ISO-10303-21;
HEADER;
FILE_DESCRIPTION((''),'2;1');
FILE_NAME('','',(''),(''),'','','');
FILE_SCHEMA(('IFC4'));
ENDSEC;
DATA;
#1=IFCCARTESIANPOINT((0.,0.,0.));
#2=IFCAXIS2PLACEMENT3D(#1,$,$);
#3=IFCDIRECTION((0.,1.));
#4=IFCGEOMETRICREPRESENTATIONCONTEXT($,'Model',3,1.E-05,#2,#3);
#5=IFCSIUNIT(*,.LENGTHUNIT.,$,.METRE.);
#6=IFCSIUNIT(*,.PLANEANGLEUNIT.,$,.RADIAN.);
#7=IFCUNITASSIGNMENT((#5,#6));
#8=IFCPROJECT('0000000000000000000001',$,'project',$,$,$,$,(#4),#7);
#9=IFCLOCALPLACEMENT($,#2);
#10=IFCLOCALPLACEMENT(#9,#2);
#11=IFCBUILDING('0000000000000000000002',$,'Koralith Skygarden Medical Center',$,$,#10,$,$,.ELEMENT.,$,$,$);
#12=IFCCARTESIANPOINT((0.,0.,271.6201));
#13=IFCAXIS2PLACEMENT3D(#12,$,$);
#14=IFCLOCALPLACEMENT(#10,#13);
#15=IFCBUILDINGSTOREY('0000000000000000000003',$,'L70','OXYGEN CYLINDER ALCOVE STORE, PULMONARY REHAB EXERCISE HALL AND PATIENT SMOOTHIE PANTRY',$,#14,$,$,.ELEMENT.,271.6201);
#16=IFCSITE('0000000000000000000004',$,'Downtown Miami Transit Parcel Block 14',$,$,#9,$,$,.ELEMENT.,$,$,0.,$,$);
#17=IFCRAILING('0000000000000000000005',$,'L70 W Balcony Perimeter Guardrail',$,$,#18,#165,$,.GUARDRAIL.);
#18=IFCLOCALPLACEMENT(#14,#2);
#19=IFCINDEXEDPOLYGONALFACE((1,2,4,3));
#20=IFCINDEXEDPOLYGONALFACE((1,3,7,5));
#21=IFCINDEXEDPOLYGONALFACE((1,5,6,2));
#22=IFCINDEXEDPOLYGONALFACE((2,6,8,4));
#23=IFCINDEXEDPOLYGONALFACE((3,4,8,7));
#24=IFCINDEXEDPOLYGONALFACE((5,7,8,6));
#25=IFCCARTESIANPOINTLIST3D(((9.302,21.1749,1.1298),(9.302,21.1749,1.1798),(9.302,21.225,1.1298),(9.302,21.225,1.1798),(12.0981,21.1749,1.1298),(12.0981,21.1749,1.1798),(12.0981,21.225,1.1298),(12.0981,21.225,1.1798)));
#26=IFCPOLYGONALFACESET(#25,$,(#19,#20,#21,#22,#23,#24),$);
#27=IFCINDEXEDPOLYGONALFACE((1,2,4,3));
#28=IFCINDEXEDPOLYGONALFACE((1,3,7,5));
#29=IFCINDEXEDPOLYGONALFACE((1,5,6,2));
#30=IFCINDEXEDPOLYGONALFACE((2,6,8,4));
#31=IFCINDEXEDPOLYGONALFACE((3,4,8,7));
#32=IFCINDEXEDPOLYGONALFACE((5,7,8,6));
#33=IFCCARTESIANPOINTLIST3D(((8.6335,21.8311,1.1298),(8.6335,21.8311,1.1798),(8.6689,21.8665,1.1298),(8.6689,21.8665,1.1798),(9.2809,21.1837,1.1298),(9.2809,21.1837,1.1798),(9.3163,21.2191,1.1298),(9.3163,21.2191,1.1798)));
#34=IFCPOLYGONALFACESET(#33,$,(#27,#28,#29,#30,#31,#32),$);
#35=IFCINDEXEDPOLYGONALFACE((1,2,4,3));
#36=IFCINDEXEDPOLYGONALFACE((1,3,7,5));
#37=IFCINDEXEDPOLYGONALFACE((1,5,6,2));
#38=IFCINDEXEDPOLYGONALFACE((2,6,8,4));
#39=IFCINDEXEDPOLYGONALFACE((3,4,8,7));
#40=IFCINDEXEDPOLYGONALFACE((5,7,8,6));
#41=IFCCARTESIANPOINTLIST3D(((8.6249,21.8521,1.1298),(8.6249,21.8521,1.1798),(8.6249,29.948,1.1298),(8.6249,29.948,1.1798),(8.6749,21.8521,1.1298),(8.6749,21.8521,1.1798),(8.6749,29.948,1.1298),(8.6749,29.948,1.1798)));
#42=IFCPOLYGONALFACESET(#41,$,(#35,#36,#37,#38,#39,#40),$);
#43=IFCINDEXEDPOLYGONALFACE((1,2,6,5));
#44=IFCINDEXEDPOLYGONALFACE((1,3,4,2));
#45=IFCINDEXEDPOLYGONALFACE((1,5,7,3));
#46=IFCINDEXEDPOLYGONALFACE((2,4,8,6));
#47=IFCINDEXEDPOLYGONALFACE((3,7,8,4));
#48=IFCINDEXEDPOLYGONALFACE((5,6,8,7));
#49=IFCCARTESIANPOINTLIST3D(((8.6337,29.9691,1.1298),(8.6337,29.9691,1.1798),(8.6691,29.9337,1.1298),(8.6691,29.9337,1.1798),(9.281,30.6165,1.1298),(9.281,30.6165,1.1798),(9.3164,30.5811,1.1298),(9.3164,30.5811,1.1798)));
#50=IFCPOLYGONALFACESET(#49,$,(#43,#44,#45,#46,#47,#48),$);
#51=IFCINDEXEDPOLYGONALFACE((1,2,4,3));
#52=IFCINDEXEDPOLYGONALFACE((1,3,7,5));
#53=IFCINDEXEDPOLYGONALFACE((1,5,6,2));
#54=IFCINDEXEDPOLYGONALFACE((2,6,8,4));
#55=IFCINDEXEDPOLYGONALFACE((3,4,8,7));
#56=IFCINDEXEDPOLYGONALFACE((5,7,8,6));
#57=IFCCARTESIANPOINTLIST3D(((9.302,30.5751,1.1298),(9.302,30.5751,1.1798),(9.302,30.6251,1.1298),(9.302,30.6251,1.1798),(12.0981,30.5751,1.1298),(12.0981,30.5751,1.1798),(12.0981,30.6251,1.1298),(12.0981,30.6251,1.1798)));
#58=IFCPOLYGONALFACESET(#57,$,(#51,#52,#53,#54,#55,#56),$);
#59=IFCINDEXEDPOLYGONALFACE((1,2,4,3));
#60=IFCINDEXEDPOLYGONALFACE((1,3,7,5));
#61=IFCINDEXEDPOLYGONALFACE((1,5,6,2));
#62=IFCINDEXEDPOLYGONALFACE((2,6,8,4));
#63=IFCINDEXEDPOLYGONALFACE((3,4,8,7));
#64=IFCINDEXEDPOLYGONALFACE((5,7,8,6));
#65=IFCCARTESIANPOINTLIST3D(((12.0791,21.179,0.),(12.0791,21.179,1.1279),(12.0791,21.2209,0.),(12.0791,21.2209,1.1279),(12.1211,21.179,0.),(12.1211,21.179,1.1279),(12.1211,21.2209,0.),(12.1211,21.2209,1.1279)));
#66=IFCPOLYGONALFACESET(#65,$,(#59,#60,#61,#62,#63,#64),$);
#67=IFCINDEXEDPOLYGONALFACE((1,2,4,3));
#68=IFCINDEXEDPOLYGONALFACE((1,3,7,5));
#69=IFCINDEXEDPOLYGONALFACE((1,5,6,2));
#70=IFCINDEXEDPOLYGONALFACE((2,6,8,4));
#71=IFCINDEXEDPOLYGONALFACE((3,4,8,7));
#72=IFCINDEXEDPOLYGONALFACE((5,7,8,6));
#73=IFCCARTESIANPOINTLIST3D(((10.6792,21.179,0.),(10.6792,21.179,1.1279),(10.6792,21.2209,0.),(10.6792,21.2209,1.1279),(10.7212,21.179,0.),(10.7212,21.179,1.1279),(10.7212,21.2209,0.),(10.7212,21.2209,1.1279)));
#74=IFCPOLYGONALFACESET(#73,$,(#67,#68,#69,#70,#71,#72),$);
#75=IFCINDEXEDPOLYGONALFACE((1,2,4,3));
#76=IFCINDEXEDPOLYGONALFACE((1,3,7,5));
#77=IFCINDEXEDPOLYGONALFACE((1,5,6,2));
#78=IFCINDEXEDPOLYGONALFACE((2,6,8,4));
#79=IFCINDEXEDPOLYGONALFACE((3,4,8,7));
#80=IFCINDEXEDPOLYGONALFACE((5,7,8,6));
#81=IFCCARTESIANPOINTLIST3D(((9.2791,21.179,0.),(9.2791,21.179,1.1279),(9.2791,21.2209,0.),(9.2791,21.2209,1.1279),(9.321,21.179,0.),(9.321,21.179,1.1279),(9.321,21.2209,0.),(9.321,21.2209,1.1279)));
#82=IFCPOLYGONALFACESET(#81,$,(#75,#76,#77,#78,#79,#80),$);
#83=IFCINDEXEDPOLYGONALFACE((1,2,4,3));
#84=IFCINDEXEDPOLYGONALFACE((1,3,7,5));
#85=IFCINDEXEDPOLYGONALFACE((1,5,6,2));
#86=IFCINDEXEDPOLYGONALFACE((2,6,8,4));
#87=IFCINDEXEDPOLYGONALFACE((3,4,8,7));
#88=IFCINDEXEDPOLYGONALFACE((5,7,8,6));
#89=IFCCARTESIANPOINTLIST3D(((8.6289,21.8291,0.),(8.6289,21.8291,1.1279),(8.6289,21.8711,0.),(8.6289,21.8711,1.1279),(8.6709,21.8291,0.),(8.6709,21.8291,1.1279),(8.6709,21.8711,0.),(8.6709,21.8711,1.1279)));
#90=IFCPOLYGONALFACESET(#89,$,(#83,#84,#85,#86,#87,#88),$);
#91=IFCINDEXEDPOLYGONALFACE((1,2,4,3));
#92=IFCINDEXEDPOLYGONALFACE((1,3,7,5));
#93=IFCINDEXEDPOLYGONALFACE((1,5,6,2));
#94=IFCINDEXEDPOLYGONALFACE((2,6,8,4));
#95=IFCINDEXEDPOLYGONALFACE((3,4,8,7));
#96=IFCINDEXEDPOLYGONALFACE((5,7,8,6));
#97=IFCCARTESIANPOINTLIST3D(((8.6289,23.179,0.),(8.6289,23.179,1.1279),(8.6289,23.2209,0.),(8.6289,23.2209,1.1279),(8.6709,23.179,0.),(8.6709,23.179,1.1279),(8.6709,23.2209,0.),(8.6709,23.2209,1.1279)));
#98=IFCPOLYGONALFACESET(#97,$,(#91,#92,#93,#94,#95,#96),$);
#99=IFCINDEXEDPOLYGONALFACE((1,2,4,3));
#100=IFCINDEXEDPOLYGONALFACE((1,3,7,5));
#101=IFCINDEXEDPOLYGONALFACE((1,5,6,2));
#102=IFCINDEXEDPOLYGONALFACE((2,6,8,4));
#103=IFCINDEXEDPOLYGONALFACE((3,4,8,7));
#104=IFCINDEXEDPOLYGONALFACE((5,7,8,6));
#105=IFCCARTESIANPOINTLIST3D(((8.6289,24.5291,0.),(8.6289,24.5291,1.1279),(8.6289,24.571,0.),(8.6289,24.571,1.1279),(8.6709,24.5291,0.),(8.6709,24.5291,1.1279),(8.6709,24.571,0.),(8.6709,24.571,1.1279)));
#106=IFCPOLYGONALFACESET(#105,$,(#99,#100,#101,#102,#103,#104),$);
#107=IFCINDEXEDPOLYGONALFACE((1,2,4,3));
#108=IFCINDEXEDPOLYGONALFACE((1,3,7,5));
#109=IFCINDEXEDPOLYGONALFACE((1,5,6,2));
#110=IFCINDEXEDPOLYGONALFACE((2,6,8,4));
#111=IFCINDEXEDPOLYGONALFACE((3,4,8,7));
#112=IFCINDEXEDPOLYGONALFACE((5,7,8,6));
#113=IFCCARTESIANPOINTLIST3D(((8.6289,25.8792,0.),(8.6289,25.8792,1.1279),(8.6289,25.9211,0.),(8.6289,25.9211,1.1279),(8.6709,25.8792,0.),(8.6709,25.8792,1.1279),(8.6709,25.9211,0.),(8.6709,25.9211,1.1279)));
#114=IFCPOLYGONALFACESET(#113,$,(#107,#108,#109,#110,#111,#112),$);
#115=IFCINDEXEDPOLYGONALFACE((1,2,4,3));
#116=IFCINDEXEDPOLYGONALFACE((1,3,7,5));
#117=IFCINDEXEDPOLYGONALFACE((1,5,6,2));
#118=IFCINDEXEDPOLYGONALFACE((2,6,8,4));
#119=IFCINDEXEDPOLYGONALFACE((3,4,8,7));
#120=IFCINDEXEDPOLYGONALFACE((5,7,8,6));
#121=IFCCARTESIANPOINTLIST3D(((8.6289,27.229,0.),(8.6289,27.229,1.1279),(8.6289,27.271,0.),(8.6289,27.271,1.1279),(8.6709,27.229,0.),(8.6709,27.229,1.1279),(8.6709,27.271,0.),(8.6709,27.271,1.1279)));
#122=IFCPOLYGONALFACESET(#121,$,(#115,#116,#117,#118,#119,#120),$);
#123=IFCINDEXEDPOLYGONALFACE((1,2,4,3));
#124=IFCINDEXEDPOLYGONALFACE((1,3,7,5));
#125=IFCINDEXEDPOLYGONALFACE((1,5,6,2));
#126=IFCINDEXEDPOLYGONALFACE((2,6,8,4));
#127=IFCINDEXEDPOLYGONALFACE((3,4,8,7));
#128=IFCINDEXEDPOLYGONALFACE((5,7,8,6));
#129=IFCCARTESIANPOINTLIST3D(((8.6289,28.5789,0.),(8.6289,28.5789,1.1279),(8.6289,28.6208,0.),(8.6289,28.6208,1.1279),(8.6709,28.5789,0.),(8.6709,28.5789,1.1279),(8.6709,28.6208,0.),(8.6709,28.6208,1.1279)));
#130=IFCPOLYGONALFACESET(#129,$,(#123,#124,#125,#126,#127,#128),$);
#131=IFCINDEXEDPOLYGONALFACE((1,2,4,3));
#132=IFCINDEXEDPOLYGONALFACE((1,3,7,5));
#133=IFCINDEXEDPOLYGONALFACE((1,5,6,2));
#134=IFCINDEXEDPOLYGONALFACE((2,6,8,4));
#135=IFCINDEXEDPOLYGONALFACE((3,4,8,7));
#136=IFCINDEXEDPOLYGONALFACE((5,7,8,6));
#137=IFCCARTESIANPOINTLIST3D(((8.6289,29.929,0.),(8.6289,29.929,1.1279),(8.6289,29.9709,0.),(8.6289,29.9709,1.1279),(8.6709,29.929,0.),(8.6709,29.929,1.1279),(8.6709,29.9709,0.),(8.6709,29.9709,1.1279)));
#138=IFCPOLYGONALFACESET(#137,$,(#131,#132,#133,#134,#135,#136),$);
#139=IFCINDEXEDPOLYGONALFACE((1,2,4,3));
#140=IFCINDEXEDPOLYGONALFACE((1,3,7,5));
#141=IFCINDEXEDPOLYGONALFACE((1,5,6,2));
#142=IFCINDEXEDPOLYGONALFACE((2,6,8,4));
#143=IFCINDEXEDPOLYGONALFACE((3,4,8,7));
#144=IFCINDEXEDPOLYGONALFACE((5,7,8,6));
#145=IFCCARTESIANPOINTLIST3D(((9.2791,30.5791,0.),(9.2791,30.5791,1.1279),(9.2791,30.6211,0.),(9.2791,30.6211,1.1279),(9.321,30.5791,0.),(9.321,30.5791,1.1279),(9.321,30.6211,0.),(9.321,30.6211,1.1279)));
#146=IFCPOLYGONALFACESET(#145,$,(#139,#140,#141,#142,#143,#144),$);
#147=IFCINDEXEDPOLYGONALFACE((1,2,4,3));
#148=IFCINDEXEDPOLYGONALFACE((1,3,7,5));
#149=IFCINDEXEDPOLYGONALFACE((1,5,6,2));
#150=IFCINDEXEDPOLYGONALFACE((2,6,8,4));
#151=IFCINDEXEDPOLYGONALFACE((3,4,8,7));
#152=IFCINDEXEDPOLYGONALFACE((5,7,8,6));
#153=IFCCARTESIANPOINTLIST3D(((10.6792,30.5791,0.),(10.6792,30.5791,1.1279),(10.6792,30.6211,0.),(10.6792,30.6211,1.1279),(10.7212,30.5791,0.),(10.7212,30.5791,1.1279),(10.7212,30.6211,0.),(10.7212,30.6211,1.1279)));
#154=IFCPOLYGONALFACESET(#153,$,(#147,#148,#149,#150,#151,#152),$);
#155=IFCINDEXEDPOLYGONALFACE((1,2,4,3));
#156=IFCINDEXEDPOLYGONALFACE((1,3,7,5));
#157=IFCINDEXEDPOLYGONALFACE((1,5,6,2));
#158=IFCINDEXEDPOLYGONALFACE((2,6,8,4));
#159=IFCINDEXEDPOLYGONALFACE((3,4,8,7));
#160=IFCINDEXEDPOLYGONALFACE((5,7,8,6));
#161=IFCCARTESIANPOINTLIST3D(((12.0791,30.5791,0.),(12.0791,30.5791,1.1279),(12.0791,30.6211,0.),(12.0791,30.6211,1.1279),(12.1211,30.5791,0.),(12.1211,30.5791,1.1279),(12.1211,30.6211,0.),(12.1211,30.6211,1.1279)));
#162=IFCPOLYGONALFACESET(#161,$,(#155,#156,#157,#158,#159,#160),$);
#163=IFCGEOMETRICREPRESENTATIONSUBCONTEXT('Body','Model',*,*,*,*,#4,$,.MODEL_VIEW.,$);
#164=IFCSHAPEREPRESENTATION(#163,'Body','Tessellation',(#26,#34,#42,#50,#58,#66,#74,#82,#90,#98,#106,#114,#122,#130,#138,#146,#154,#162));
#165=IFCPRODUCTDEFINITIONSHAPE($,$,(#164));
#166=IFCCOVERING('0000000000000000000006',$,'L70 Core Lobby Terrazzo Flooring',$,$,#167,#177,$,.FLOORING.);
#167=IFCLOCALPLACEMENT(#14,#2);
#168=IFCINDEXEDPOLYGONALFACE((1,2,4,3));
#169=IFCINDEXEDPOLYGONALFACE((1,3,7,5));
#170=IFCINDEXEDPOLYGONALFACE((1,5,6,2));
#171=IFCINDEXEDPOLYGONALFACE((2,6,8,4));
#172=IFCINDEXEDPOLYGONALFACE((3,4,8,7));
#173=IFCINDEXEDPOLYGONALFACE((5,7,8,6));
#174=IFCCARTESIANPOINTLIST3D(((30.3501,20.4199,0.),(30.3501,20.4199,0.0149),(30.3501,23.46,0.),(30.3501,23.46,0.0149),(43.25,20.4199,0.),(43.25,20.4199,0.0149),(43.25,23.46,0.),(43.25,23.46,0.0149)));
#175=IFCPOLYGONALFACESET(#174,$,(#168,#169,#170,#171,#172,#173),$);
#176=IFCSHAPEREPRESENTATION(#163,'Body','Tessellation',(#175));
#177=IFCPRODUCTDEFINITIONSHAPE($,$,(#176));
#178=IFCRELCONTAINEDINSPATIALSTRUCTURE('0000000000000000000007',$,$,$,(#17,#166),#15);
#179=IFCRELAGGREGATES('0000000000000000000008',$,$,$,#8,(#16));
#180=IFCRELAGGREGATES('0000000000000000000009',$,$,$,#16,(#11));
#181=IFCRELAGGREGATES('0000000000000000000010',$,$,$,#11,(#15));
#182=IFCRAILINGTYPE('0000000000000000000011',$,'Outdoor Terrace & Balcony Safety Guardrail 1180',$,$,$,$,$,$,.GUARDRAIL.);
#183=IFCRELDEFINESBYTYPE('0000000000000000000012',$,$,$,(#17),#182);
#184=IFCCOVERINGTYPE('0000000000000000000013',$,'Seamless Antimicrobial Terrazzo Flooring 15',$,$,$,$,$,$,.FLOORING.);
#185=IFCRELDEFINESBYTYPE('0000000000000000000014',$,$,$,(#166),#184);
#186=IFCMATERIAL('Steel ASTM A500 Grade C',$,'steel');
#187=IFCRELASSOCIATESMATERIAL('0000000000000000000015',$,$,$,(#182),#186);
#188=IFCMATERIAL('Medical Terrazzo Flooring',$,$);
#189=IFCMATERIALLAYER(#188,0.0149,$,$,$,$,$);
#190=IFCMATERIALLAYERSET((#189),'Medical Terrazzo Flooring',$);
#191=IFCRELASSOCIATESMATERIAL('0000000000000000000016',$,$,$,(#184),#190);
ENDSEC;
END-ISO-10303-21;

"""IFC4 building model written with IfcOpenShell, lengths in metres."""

from ifc_helpers import new_model, si_unit, direction, frame, origin, origin_2d, place, context, subcontext, project, spatial, polyline, rectangle, outline, extrude, material, layer, layer_set, type_object, element, save


model = new_model("IFC4")

# Units and contexts
model_context = context("Model", 3, precision=1e-05, world=origin(), true_north=direction((0.0, 1.0)))
body_context = subcontext(model_context, "Body", "Model", "MODEL_VIEW")
ifc_project = project(units=[si_unit("LENGTHUNIT", "METRE"), si_unit("PLANEANGLEUNIT", "RADIAN")], contexts=[model_context])

# Site, building, storey
site_placement = place(None, origin())
site = spatial("IfcSite", under=ifc_project, at=site_placement, Name="Downtown Miami Transit Parcel Block 14", CompositionType="ELEMENT", RefElevation=0.0)
building_placement = place(site_placement, origin())
building = spatial("IfcBuilding", under=site, at=building_placement, Name="Koralith Skygarden Medical Center", CompositionType="ELEMENT")
storey_placement = place(building_placement, frame((0.0, 0.0, 271.6201)))
storey = spatial("IfcBuildingStorey", under=building, at=storey_placement, Name="L70", Description="OXYGEN CYLINDER ALCOVE STORE, PULMONARY REHAB EXERCISE HALL AND PATIENT SMOOTHIE PANTRY", CompositionType="ELEMENT", Elevation=271.6201)

# Railing
ifc_material_1 = material(Name="Steel ASTM A500 Grade C", Category="steel")
railing_type = type_object("IfcRailingType", Name="Outdoor Terrace & Balcony Safety Guardrail 1180", PredefinedType="GUARDRAIL", material=ifc_material_1)
railing_placement = place(storey_placement, frame((12.1001, 21.2, 0.0)))
element("IfcRailing", 1, at=railing_placement, inside=storey, type_object=railing_type, Name="L70 W Balcony Perimeter Guardrail", PredefinedType="GUARDRAIL", context=body_context, shape_type="SweptSolid", body=[
    extrude(rectangle(XDim=0.05, YDim=0.05, at=origin_2d()), frame((-0.002, 0.0, 1.1548), z_axis=(-1.0, 0.0, 0.0), x_axis=(0.0, -1.0, 0.0)), (0.0, 0.0, 1.0), 2.7961),
    extrude(rectangle(XDim=0.05, YDim=0.05, at=origin_2d()), frame((-2.8015, 0.0015, 1.1548), z_axis=(-0.707107, 0.707107, 0.0), x_axis=(-0.707107, -0.707107, 0.0)), (0.0, 0.0, 1.0), 0.9155),
    extrude(rectangle(XDim=0.05, YDim=0.05, at=origin_2d()), frame((-3.4502, 0.6521, 1.1548), z_axis=(0.0, 1.0, 0.0), x_axis=(-1.0, 0.0, 0.0)), (0.0, 0.0, 1.0), 8.0959),
    extrude(rectangle(XDim=0.05, YDim=0.05, at=origin_2d()), frame((-3.4487, 8.7515, 1.1548), z_axis=(0.707107, 0.707107, 0.0), x_axis=(-0.707107, 0.707107, 0.0)), (0.0, 0.0, 1.0), 0.9155),
    extrude(rectangle(XDim=0.05, YDim=0.05, at=origin_2d()), frame((-2.7981, 9.4001, 1.1548), z_axis=(1.0, 0.0, 0.0), x_axis=(0.0, 1.0, 0.0)), (0.0, 0.0, 1.0), 2.7961),
    extrude(rectangle(XDim=0.042, YDim=0.042, at=origin_2d()), origin(), (0.0, 0.0, 1.0), 1.1279),
    extrude(rectangle(XDim=0.042, YDim=0.042, at=origin_2d()), frame((-1.3999, 0.0, 0.0)), (0.0, 0.0, 1.0), 1.1279),
    extrude(rectangle(XDim=0.042, YDim=0.042, at=origin_2d()), frame((-2.8, 0.0, 0.0)), (0.0, 0.0, 1.0), 1.1279),
    extrude(rectangle(XDim=0.042, YDim=0.042, at=origin_2d()), frame((-3.4502, 0.6501, 0.0)), (0.0, 0.0, 1.0), 1.1279),
    extrude(rectangle(XDim=0.042, YDim=0.042, at=origin_2d()), frame((-3.4502, 2.0, 0.0)), (0.0, 0.0, 1.0), 1.1279),
    extrude(rectangle(XDim=0.042, YDim=0.042, at=origin_2d()), frame((-3.4502, 3.3501, 0.0)), (0.0, 0.0, 1.0), 1.1279),
    extrude(rectangle(XDim=0.042, YDim=0.042, at=origin_2d()), frame((-3.4502, 4.7002, 0.0)), (0.0, 0.0, 1.0), 1.1279),
    extrude(rectangle(XDim=0.042, YDim=0.042, at=origin_2d()), frame((-3.4502, 6.05, 0.0)), (0.0, 0.0, 1.0), 1.1279),
    extrude(rectangle(XDim=0.042, YDim=0.042, at=origin_2d()), frame((-3.4502, 7.3999, 0.0)), (0.0, 0.0, 1.0), 1.1279),
    extrude(rectangle(XDim=0.042, YDim=0.042, at=origin_2d()), frame((-3.4502, 8.75, 0.0)), (0.0, 0.0, 1.0), 1.1279),
    extrude(rectangle(XDim=0.042, YDim=0.042, at=origin_2d()), frame((-2.8, 9.4001, 0.0)), (0.0, 0.0, 1.0), 1.1279),
    extrude(rectangle(XDim=0.042, YDim=0.042, at=origin_2d()), frame((-1.3999, 9.4001, 0.0)), (0.0, 0.0, 1.0), 1.1279),
    extrude(rectangle(XDim=0.042, YDim=0.042, at=origin_2d()), frame((0.0, 9.4001, 0.0)), (0.0, 0.0, 1.0), 1.1279),
])

# Covering
ifc_material_2 = material(Name="Medical Terrazzo Flooring")
ifc_layer_1 = layer(ifc_material_2, 0.0149)
ifc_layer_set_1 = layer_set([ifc_layer_1], Name="Medical Terrazzo Flooring")
covering_type_1 = type_object("IfcCoveringType", Name="Seamless Antimicrobial Terrazzo Flooring 15", PredefinedType="FLOORING", material=ifc_layer_set_1)
covering_1_placement = place(storey_placement, origin())
element("IfcCovering", 2, at=covering_1_placement, inside=storey, type_object=covering_type_1, Name="L70 Core Lobby Terrazzo Flooring", PredefinedType="FLOORING", context=body_context, shape_type="SweptSolid", body=[
    extrude(outline(polyline([(30.3501, 20.4199), (43.25, 20.4199), (43.25, 23.46), (30.3501, 23.46), (30.3501, 20.4199)])), origin(), (0.0, 0.0, 1.0), 0.0149),
])

save(model, "model.ifc")
